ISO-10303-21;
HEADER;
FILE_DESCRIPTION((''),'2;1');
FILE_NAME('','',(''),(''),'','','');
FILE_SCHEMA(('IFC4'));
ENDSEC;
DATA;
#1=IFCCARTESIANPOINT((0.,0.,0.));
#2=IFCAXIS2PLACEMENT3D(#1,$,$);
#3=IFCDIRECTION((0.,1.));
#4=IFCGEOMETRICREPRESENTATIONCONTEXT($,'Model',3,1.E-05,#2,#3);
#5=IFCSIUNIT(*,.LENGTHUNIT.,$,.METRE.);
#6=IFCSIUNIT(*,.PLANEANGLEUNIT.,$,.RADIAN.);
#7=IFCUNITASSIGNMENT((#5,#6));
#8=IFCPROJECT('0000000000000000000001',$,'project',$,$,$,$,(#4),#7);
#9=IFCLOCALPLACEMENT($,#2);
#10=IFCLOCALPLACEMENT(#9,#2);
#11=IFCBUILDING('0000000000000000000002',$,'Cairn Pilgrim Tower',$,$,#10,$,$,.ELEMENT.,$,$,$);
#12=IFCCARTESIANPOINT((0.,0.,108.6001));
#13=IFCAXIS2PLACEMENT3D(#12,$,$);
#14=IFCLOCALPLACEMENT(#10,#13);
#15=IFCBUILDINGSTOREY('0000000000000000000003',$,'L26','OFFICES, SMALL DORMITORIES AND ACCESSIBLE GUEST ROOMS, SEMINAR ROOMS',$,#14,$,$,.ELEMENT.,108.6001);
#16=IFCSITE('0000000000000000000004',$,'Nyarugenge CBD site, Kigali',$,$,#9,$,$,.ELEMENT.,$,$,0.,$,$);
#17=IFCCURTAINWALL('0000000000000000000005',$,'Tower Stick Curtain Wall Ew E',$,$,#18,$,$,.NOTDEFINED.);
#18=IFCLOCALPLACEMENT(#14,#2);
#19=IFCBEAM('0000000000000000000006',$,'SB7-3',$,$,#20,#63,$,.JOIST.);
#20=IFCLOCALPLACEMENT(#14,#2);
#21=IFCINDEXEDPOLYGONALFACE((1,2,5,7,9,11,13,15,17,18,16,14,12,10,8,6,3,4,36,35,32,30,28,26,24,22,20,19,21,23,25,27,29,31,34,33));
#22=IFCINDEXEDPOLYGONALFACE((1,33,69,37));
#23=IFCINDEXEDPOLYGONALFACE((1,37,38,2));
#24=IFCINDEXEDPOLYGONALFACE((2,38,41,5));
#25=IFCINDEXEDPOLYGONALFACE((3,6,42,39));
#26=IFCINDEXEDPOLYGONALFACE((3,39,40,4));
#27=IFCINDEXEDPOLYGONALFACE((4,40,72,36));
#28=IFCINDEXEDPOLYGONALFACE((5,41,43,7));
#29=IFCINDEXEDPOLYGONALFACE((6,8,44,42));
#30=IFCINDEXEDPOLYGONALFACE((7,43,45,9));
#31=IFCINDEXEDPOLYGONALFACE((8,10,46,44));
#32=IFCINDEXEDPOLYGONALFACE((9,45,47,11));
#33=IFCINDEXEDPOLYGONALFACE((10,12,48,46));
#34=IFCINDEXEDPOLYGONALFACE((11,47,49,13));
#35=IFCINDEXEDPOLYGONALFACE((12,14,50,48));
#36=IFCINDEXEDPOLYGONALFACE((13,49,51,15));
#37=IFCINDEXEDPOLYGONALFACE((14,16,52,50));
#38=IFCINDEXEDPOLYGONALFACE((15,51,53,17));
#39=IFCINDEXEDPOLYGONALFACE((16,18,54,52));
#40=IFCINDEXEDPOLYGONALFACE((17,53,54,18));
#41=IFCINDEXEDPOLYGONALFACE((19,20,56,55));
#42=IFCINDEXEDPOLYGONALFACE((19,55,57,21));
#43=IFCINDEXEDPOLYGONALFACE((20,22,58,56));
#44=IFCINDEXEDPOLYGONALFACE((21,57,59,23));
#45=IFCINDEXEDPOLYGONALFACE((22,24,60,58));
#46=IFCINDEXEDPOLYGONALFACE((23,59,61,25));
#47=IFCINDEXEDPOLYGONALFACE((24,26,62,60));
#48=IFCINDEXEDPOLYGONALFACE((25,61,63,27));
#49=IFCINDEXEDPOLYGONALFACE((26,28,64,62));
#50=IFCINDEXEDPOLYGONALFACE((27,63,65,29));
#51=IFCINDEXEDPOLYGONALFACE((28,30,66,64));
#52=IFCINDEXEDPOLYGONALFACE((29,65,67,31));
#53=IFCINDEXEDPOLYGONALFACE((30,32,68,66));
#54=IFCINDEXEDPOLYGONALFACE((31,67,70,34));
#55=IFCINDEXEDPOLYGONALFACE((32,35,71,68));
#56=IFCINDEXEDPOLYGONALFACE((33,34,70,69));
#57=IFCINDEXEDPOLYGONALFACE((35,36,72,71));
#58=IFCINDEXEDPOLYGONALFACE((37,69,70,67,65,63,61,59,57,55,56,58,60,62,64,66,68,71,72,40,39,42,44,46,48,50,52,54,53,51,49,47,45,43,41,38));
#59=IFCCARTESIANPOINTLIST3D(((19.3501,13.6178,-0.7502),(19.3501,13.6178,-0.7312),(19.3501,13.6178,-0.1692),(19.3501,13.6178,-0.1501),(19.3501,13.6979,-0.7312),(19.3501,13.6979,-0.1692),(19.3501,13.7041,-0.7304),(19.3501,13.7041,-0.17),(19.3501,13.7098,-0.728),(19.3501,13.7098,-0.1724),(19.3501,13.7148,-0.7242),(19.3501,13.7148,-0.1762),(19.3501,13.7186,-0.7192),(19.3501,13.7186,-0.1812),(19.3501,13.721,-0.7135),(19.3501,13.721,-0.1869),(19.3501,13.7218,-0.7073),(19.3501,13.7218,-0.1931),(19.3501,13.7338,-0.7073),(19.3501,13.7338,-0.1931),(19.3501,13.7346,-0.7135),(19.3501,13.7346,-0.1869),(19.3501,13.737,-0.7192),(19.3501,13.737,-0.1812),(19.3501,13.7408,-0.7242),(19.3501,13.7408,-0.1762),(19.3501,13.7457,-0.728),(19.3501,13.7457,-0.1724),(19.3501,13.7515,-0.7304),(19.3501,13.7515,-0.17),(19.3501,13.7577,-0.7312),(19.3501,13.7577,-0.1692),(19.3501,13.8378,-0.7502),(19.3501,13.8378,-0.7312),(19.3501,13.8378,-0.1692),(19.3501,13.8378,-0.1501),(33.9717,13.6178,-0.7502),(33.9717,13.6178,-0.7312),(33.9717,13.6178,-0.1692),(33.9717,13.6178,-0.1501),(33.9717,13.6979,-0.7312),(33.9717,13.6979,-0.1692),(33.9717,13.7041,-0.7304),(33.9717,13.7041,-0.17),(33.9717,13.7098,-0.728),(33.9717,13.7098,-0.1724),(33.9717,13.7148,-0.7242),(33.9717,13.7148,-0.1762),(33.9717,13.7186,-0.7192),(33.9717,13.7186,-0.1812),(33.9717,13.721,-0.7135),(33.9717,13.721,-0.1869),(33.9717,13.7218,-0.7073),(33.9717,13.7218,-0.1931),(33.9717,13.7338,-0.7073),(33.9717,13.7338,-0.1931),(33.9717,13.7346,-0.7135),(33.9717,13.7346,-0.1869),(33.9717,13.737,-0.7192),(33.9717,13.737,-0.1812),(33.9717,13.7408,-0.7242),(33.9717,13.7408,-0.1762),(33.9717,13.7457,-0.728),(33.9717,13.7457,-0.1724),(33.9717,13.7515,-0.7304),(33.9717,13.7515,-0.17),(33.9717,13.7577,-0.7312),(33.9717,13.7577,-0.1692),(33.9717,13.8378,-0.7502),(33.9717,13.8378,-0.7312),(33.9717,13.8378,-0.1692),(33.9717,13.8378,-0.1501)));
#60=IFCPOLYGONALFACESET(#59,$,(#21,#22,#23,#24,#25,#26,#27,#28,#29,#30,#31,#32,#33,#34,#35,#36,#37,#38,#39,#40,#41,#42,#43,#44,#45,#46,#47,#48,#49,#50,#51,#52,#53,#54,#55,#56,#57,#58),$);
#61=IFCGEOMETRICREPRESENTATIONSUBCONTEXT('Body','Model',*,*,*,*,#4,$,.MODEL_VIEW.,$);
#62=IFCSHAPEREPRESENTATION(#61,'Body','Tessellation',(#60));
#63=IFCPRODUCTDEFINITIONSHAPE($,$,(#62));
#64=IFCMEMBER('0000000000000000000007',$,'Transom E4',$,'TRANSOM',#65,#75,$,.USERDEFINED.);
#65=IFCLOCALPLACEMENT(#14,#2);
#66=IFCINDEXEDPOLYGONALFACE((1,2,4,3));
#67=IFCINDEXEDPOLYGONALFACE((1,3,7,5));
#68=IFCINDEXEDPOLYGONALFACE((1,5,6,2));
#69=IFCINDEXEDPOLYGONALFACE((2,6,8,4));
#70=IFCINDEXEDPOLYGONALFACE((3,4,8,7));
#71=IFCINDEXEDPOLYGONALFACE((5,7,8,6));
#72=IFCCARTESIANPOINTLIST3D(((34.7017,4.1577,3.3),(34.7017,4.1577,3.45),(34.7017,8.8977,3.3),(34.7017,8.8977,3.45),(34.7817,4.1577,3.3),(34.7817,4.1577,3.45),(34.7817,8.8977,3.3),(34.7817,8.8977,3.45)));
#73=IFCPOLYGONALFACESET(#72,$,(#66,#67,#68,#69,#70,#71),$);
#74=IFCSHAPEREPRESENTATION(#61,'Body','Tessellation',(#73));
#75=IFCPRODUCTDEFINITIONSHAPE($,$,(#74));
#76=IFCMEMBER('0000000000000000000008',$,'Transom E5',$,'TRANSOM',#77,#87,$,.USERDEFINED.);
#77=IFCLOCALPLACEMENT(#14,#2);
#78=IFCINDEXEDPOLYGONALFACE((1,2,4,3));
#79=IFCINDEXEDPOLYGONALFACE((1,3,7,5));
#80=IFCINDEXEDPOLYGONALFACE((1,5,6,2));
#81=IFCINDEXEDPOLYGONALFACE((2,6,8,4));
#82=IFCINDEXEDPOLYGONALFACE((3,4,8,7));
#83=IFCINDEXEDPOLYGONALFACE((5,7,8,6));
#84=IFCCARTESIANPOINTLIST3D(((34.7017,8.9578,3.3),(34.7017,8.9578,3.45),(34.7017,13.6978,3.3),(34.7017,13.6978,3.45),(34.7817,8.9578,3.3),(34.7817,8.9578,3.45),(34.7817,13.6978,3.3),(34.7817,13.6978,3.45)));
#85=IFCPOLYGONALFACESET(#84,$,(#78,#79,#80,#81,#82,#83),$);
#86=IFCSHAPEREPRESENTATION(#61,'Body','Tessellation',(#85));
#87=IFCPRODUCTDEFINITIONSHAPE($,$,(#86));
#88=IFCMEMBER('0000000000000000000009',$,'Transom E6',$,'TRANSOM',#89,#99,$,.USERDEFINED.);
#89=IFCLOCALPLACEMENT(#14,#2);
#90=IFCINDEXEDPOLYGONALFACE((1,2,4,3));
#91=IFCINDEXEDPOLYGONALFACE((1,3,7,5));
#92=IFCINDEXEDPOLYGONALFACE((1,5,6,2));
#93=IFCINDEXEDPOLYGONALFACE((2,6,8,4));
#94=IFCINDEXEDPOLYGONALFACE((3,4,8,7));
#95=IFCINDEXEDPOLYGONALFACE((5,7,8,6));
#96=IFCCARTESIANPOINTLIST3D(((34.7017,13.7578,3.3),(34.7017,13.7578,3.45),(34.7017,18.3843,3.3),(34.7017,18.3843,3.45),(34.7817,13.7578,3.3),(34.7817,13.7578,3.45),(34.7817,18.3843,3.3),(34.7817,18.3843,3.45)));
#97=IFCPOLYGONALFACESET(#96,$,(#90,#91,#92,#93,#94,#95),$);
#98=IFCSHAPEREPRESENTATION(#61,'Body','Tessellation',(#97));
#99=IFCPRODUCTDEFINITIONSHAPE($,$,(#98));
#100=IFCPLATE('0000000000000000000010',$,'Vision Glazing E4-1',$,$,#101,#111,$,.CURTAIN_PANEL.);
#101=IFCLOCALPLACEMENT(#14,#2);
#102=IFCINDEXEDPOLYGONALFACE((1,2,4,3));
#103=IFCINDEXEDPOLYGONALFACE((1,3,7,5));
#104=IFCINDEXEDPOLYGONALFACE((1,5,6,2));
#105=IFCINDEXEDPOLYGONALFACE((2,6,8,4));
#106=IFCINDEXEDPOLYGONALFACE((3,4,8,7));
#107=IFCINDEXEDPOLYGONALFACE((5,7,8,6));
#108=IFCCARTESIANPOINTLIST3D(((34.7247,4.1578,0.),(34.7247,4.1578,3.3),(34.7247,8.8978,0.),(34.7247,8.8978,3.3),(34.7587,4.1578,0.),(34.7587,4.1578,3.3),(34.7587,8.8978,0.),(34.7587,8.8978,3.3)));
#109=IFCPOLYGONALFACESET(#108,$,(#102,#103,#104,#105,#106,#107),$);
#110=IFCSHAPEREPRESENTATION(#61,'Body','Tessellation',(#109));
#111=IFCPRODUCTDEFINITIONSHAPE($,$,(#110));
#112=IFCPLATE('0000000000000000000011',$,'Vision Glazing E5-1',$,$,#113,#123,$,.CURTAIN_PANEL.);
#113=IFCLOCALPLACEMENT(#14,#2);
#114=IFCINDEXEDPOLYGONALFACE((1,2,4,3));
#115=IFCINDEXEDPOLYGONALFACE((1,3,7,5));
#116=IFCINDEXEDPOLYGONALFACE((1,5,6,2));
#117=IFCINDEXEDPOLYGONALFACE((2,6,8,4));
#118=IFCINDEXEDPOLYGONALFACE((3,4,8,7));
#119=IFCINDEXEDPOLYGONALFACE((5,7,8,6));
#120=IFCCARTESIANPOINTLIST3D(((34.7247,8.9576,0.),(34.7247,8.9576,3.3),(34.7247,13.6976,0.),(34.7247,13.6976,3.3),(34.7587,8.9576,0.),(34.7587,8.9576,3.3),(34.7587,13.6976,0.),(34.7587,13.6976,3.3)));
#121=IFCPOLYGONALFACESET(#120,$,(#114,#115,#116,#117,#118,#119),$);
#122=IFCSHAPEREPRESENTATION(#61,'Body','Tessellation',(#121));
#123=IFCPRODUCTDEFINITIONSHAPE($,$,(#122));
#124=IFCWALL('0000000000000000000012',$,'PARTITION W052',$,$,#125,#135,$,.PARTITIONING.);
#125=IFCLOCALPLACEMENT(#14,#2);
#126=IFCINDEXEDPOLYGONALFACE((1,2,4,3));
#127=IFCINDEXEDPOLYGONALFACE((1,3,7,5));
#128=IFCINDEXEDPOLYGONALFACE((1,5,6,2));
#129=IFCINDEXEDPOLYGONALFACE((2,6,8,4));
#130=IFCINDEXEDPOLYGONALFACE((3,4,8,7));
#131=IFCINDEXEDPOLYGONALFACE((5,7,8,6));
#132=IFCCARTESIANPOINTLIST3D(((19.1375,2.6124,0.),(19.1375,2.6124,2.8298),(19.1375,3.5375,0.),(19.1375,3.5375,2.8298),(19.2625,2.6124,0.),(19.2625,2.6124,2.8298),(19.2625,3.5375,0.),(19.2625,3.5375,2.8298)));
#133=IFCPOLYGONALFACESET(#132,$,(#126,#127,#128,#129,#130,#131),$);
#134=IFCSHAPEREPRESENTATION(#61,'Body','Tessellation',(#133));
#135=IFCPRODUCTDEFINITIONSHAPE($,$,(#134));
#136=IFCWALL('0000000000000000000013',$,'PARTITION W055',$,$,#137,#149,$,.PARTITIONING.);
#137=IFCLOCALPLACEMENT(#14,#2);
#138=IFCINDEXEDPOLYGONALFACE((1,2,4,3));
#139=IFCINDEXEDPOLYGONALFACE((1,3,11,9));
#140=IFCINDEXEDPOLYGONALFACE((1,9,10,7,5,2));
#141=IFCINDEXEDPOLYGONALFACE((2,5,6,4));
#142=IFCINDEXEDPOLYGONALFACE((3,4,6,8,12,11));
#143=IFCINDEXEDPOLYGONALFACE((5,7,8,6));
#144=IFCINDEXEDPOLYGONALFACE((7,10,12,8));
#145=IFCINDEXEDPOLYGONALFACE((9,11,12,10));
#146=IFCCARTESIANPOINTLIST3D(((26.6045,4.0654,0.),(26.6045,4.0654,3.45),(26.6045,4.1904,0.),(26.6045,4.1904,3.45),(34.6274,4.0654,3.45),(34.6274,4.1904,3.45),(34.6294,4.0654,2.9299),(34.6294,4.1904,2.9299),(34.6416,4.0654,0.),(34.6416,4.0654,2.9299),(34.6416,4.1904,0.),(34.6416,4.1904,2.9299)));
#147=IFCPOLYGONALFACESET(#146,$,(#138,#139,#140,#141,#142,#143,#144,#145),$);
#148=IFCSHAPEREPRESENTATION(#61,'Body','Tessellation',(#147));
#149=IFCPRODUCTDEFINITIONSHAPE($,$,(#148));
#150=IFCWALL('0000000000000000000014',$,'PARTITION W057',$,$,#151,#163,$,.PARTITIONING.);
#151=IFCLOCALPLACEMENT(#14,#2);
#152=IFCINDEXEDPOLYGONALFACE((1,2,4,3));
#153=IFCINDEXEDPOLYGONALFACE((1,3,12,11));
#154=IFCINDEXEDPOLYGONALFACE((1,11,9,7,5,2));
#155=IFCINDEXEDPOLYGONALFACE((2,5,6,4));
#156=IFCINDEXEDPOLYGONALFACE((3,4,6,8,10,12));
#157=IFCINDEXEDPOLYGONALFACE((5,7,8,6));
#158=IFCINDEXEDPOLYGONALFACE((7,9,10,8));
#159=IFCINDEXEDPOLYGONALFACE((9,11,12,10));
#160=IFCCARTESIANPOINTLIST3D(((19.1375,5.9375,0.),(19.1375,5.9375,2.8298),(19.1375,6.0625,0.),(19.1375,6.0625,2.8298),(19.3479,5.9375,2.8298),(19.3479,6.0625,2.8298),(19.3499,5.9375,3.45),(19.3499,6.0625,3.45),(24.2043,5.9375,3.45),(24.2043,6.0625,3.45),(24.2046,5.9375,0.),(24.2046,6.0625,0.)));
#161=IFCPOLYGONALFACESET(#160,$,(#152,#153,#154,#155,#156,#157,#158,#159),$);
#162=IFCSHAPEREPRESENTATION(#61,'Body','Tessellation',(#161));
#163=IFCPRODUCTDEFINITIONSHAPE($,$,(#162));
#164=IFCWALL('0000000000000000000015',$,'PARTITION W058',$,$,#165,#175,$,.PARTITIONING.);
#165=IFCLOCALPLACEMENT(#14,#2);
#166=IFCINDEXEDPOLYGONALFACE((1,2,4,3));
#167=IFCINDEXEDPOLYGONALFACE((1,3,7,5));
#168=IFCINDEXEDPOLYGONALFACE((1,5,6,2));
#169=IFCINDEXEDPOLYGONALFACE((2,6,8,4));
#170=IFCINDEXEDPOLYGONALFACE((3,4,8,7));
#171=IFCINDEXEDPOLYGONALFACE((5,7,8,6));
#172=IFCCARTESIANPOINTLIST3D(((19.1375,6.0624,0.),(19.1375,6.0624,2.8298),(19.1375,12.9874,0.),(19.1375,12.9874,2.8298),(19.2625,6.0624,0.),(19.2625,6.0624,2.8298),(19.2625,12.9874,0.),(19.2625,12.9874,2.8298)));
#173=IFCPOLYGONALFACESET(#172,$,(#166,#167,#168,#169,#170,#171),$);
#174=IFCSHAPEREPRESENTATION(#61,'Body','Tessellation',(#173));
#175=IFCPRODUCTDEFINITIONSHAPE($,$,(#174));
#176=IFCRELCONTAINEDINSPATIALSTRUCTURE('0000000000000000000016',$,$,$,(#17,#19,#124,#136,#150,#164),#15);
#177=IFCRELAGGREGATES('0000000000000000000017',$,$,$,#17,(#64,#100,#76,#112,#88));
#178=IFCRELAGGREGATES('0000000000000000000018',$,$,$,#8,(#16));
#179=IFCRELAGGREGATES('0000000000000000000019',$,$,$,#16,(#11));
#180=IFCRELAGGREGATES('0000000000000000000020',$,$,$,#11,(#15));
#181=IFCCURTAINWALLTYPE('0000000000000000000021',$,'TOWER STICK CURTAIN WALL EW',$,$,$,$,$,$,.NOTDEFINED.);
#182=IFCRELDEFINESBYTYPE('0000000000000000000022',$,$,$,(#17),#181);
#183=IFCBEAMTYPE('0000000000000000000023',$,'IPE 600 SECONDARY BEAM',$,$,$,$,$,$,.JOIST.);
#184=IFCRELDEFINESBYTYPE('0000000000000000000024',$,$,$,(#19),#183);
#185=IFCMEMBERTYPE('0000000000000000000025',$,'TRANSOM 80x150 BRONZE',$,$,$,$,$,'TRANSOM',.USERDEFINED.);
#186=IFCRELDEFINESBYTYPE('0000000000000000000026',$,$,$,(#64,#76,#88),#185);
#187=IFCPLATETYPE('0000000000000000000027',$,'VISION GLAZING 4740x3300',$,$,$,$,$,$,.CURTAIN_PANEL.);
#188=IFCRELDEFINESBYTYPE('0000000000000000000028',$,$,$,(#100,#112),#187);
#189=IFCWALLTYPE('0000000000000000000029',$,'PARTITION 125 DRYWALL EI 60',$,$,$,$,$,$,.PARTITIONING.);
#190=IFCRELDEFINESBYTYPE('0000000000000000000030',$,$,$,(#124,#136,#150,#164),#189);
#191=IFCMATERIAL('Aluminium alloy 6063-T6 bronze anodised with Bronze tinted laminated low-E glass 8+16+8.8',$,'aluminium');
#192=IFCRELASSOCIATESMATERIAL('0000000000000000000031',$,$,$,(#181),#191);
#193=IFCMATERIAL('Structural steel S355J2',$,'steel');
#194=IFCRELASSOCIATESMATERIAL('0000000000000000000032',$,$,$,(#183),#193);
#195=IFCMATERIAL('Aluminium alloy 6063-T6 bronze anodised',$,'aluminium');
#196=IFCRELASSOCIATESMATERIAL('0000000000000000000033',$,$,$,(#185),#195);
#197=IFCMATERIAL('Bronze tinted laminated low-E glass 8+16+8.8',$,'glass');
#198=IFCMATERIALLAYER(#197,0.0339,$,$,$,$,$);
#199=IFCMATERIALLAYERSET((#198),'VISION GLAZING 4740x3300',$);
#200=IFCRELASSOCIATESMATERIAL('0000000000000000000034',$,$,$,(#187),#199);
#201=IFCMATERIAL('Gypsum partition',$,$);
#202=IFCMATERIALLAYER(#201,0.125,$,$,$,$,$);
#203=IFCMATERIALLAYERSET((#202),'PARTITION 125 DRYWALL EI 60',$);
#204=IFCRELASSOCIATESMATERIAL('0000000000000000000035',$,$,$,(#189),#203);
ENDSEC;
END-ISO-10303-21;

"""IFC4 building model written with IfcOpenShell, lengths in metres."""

from ifc_helpers import new_model, si_unit, direction, frame, frame_2d, origin, origin_2d, place, context, subcontext, project, spatial, polyline, rectangle, i_section, outline, extrude, material, layer, layer_set, material_profile, profile_set, type_object, element, aggregate, save


model = new_model("IFC4")

# Units and contexts
model_context = context("Model", 3, precision=1e-05, world=origin(), true_north=direction((0.0, 1.0)))
body_context = subcontext(model_context, "Body", "Model", "MODEL_VIEW")
ifc_project = project(units=[si_unit("LENGTHUNIT", "METRE"), si_unit("PLANEANGLEUNIT", "RADIAN")], contexts=[model_context])

# Site, building, storey
site_placement = place(None, origin())
site = spatial("IfcSite", under=ifc_project, at=site_placement, Name="Nyarugenge CBD site, Kigali", CompositionType="ELEMENT", RefElevation=0.0)
building_placement = place(site_placement, origin())
building = spatial("IfcBuilding", under=site, at=building_placement, Name="Cairn Pilgrim Tower", CompositionType="ELEMENT")
storey_placement = place(building_placement, frame((0.0, 0.0, 108.6001)))
storey = spatial("IfcBuildingStorey", under=building, at=storey_placement, Name="L26", Description="OFFICES, SMALL DORMITORIES AND ACCESSIBLE GUEST ROOMS, SEMINAR ROOMS", CompositionType="ELEMENT", Elevation=108.6001)

# Curtain wall
ifc_material_1 = material(Name="Aluminium alloy 6063-T6 bronze anodised with Bronze tinted laminated low-E glass 8+16+8.8", Category="aluminium")
curtain_wall_type = type_object("IfcCurtainWallType", Name="TOWER STICK CURTAIN WALL EW", PredefinedType="NOTDEFINED", material=ifc_material_1)
curtain_wall_placement = place(storey_placement, origin())
curtain_wall = element("IfcCurtainWall", 1, at=curtain_wall_placement, inside=storey, type_object=curtain_wall_type, Name="Tower Stick Curtain Wall Ew E", PredefinedType="NOTDEFINED")
ifc_material_2 = material(Name="Aluminium alloy 6063-T6 bronze anodised", Category="aluminium")

# Beam
ifc_material_3 = material(Name="Structural steel S355J2", Category="steel")
ifc_material_profile_1 = material_profile(ifc_material_3, i_section(OverallWidth=0.22, OverallDepth=0.6001, WebThickness=0.012, FlangeThickness=0.019, FilletRadius=0.0239, at=origin_2d()), Name="IPE 600")
ifc_profile_set_1 = profile_set([ifc_material_profile_1], Name="Structural steel S355J2")
beam_type_1 = type_object("IfcBeamType", Name="IPE 600 SECONDARY BEAM", PredefinedType="JOIST", material=ifc_profile_set_1)
for number, where, z_axis, x_axis, name in (
    (2, (19.3501, 13.7278, -0.4502), (1.0, 0.0, 0.0), (0.0, 1.0, 0.0), "SB7-3"),
):
    element("IfcBeam", number, at=place(storey_placement, frame(where, z_axis=z_axis, x_axis=x_axis)), inside=storey, type_object=beam_type_1, Name=name, PredefinedType="JOIST", context=body_context, shape_type="SweptSolid", body=[
        extrude(i_section(OverallWidth=0.22, OverallDepth=0.6001, WebThickness=0.012, FlangeThickness=0.019, FilletRadius=0.0239, at=origin_2d()), origin(), (0.0, 0.0, 1.0), 14.6216),
    ])

# Members
ifc_material_profile_2 = material_profile(ifc_material_2, rectangle(XDim=0.0801, YDim=0.1499, at=origin_2d()), Name="TRANSOM 80x150 BRONZE")
ifc_profile_set_2 = profile_set([ifc_material_profile_2], Name="Aluminium alloy 6063-T6 bronze anodised")
member_type_1 = type_object("IfcMemberType", Name="TRANSOM 80x150 BRONZE", ElementType="TRANSOM", PredefinedType="USERDEFINED", material=ifc_profile_set_2)
member_1_placement = place(storey_placement, frame((34.7417, 4.1577, 3.375), z_axis=(0.0, 1.0, 0.0), x_axis=(-1.0, 0.0, 0.0)))
member_1 = element("IfcMember", 3, at=member_1_placement, type_object=member_type_1, Name="Transom E4", ObjectType="TRANSOM", PredefinedType="USERDEFINED", context=body_context, shape_type="SweptSolid", body=[
    extrude(rectangle(XDim=0.0801, YDim=0.1499, at=origin_2d()), origin(), (0.0, 0.0, 1.0), 4.74),
])
member_2_placement = place(storey_placement, frame((34.7417, 8.9578, 3.375), z_axis=(0.0, 1.0, 0.0), x_axis=(-1.0, 0.0, 0.0)))
member_2 = element("IfcMember", 4, at=member_2_placement, type_object=member_type_1, Name="Transom E5", ObjectType="TRANSOM", PredefinedType="USERDEFINED", context=body_context, shape_type="SweptSolid", body=[
    extrude(rectangle(XDim=0.0801, YDim=0.1499, at=origin_2d()), origin(), (0.0, 0.0, 1.0), 4.74),
])
member_3_placement = place(storey_placement, frame((34.7417, 13.7578, 3.375), z_axis=(0.0, 1.0, 0.0), x_axis=(-1.0, 0.0, 0.0)))
member_3 = element("IfcMember", 5, at=member_3_placement, type_object=member_type_1, Name="Transom E6", ObjectType="TRANSOM", PredefinedType="USERDEFINED", context=body_context, shape_type="SweptSolid", body=[
    extrude(rectangle(XDim=0.0801, YDim=0.1499, at=origin_2d()), origin(), (0.0, 0.0, 1.0), 4.6265),
])

# Plates
ifc_material_4 = material(Name="Bronze tinted laminated low-E glass 8+16+8.8", Category="glass")
ifc_layer_1 = layer(ifc_material_4, 0.0339)
ifc_layer_set_1 = layer_set([ifc_layer_1], Name="VISION GLAZING 4740x3300")
plate_type = type_object("IfcPlateType", Name="VISION GLAZING 4740x3300", PredefinedType="CURTAIN_PANEL", material=ifc_layer_set_1)
plate_1_placement = place(storey_placement, frame((34.7417, 6.5278, 0.0), z_axis=(0.0, 0.0, 1.0), x_axis=(0.0, 1.0, 0.0)))
plate_1 = element("IfcPlate", 6, at=plate_1_placement, type_object=plate_type, Name="Vision Glazing E4-1", PredefinedType="CURTAIN_PANEL", context=body_context, shape_type="SweptSolid", body=[
    extrude(rectangle(XDim=4.74, YDim=0.0339, at=origin_2d()), origin(), (0.0, 0.0, 1.0), 3.3),
])
plate_2_placement = place(storey_placement, frame((34.7417, 11.3276, 0.0), z_axis=(0.0, 0.0, 1.0), x_axis=(0.0, 1.0, 0.0)))
plate_2 = element("IfcPlate", 7, at=plate_2_placement, type_object=plate_type, Name="Vision Glazing E5-1", PredefinedType="CURTAIN_PANEL", context=body_context, shape_type="SweptSolid", body=[
    extrude(rectangle(XDim=4.74, YDim=0.0339, at=origin_2d()), origin(), (0.0, 0.0, 1.0), 3.3),
])
aggregate(curtain_wall, [member_1, plate_1, member_2, plate_2, member_3])

# Walls
ifc_material_5 = material(Name="Gypsum partition")
ifc_layer_2 = layer(ifc_material_5, 0.125)
ifc_layer_set_2 = layer_set([ifc_layer_2], Name="PARTITION 125 DRYWALL EI 60")
wall_type_1 = type_object("IfcWallType", Name="PARTITION 125 DRYWALL EI 60", PredefinedType="PARTITIONING", material=ifc_layer_set_2)
wall_1_placement = place(storey_placement, frame((19.2, 2.6125, 0.0), z_axis=(0.0, 0.0, 1.0), x_axis=(0.0, 1.0, 0.0)))
element("IfcWall", 8, at=wall_1_placement, inside=storey, type_object=wall_type_1, Name="PARTITION W052", PredefinedType="PARTITIONING", context=body_context, shape_type="SweptSolid", body=[
    extrude(rectangle(XDim=0.925, YDim=0.125, at=frame_2d((0.4624, 0.0))), origin(), (0.0, 0.0, 1.0), 2.8298),
])
wall_2_placement = place(storey_placement, frame((26.6045, 4.1279, 0.0), z_axis=(0.0, 0.0, 1.0), x_axis=(1.0, 0.0, 0.0)))
element("IfcWall", 9, at=wall_2_placement, inside=storey, type_object=wall_type_1, Name="PARTITION W055", PredefinedType="PARTITIONING", context=body_context, shape_type="SweptSolid", body=[
    extrude(outline(polyline([(0.0, 0.0), (8.0371, 0.0), (8.0371, 2.9299), (8.0249, 2.9299), (8.0229, 3.45), (0.0, 3.45), (0.0, 0.0)])), frame((0.0, 0.0625, 0.0), z_axis=(0.0, -1.0, 0.0), x_axis=(1.0, 0.0, 0.0)), (0.0, 0.0, 1.0), 0.125),
])
wall_3_placement = place(storey_placement, frame((19.1375, 6.0, 0.0), z_axis=(0.0, 0.0, 1.0), x_axis=(1.0, 0.0, 0.0)))
element("IfcWall", 10, at=wall_3_placement, inside=storey, type_object=wall_type_1, Name="PARTITION W057", PredefinedType="PARTITIONING", context=body_context, shape_type="SweptSolid", body=[
    extrude(outline(polyline([(0.0, 0.0), (5.0671, 0.0), (5.0669, 3.45), (0.2124, 3.45), (0.2104, 2.8298), (0.0, 2.8298), (0.0, 0.0)])), frame((0.0, 0.0625, 0.0), z_axis=(0.0, -1.0, 0.0), x_axis=(1.0, 0.0, 0.0)), (0.0, 0.0, 1.0), 0.125),
])
wall_4_placement = place(storey_placement, frame((19.2, 6.0625, 0.0), z_axis=(0.0, 0.0, 1.0), x_axis=(0.0, 1.0, 0.0)))
element("IfcWall", 11, at=wall_4_placement, inside=storey, type_object=wall_type_1, Name="PARTITION W058", PredefinedType="PARTITIONING", context=body_context, shape_type="SweptSolid", body=[
    extrude(rectangle(XDim=6.925, YDim=0.125, at=frame_2d((3.4624, 0.0))), origin(), (0.0, 0.0, 1.0), 2.8298),
])

save(model, "model.ifc")
